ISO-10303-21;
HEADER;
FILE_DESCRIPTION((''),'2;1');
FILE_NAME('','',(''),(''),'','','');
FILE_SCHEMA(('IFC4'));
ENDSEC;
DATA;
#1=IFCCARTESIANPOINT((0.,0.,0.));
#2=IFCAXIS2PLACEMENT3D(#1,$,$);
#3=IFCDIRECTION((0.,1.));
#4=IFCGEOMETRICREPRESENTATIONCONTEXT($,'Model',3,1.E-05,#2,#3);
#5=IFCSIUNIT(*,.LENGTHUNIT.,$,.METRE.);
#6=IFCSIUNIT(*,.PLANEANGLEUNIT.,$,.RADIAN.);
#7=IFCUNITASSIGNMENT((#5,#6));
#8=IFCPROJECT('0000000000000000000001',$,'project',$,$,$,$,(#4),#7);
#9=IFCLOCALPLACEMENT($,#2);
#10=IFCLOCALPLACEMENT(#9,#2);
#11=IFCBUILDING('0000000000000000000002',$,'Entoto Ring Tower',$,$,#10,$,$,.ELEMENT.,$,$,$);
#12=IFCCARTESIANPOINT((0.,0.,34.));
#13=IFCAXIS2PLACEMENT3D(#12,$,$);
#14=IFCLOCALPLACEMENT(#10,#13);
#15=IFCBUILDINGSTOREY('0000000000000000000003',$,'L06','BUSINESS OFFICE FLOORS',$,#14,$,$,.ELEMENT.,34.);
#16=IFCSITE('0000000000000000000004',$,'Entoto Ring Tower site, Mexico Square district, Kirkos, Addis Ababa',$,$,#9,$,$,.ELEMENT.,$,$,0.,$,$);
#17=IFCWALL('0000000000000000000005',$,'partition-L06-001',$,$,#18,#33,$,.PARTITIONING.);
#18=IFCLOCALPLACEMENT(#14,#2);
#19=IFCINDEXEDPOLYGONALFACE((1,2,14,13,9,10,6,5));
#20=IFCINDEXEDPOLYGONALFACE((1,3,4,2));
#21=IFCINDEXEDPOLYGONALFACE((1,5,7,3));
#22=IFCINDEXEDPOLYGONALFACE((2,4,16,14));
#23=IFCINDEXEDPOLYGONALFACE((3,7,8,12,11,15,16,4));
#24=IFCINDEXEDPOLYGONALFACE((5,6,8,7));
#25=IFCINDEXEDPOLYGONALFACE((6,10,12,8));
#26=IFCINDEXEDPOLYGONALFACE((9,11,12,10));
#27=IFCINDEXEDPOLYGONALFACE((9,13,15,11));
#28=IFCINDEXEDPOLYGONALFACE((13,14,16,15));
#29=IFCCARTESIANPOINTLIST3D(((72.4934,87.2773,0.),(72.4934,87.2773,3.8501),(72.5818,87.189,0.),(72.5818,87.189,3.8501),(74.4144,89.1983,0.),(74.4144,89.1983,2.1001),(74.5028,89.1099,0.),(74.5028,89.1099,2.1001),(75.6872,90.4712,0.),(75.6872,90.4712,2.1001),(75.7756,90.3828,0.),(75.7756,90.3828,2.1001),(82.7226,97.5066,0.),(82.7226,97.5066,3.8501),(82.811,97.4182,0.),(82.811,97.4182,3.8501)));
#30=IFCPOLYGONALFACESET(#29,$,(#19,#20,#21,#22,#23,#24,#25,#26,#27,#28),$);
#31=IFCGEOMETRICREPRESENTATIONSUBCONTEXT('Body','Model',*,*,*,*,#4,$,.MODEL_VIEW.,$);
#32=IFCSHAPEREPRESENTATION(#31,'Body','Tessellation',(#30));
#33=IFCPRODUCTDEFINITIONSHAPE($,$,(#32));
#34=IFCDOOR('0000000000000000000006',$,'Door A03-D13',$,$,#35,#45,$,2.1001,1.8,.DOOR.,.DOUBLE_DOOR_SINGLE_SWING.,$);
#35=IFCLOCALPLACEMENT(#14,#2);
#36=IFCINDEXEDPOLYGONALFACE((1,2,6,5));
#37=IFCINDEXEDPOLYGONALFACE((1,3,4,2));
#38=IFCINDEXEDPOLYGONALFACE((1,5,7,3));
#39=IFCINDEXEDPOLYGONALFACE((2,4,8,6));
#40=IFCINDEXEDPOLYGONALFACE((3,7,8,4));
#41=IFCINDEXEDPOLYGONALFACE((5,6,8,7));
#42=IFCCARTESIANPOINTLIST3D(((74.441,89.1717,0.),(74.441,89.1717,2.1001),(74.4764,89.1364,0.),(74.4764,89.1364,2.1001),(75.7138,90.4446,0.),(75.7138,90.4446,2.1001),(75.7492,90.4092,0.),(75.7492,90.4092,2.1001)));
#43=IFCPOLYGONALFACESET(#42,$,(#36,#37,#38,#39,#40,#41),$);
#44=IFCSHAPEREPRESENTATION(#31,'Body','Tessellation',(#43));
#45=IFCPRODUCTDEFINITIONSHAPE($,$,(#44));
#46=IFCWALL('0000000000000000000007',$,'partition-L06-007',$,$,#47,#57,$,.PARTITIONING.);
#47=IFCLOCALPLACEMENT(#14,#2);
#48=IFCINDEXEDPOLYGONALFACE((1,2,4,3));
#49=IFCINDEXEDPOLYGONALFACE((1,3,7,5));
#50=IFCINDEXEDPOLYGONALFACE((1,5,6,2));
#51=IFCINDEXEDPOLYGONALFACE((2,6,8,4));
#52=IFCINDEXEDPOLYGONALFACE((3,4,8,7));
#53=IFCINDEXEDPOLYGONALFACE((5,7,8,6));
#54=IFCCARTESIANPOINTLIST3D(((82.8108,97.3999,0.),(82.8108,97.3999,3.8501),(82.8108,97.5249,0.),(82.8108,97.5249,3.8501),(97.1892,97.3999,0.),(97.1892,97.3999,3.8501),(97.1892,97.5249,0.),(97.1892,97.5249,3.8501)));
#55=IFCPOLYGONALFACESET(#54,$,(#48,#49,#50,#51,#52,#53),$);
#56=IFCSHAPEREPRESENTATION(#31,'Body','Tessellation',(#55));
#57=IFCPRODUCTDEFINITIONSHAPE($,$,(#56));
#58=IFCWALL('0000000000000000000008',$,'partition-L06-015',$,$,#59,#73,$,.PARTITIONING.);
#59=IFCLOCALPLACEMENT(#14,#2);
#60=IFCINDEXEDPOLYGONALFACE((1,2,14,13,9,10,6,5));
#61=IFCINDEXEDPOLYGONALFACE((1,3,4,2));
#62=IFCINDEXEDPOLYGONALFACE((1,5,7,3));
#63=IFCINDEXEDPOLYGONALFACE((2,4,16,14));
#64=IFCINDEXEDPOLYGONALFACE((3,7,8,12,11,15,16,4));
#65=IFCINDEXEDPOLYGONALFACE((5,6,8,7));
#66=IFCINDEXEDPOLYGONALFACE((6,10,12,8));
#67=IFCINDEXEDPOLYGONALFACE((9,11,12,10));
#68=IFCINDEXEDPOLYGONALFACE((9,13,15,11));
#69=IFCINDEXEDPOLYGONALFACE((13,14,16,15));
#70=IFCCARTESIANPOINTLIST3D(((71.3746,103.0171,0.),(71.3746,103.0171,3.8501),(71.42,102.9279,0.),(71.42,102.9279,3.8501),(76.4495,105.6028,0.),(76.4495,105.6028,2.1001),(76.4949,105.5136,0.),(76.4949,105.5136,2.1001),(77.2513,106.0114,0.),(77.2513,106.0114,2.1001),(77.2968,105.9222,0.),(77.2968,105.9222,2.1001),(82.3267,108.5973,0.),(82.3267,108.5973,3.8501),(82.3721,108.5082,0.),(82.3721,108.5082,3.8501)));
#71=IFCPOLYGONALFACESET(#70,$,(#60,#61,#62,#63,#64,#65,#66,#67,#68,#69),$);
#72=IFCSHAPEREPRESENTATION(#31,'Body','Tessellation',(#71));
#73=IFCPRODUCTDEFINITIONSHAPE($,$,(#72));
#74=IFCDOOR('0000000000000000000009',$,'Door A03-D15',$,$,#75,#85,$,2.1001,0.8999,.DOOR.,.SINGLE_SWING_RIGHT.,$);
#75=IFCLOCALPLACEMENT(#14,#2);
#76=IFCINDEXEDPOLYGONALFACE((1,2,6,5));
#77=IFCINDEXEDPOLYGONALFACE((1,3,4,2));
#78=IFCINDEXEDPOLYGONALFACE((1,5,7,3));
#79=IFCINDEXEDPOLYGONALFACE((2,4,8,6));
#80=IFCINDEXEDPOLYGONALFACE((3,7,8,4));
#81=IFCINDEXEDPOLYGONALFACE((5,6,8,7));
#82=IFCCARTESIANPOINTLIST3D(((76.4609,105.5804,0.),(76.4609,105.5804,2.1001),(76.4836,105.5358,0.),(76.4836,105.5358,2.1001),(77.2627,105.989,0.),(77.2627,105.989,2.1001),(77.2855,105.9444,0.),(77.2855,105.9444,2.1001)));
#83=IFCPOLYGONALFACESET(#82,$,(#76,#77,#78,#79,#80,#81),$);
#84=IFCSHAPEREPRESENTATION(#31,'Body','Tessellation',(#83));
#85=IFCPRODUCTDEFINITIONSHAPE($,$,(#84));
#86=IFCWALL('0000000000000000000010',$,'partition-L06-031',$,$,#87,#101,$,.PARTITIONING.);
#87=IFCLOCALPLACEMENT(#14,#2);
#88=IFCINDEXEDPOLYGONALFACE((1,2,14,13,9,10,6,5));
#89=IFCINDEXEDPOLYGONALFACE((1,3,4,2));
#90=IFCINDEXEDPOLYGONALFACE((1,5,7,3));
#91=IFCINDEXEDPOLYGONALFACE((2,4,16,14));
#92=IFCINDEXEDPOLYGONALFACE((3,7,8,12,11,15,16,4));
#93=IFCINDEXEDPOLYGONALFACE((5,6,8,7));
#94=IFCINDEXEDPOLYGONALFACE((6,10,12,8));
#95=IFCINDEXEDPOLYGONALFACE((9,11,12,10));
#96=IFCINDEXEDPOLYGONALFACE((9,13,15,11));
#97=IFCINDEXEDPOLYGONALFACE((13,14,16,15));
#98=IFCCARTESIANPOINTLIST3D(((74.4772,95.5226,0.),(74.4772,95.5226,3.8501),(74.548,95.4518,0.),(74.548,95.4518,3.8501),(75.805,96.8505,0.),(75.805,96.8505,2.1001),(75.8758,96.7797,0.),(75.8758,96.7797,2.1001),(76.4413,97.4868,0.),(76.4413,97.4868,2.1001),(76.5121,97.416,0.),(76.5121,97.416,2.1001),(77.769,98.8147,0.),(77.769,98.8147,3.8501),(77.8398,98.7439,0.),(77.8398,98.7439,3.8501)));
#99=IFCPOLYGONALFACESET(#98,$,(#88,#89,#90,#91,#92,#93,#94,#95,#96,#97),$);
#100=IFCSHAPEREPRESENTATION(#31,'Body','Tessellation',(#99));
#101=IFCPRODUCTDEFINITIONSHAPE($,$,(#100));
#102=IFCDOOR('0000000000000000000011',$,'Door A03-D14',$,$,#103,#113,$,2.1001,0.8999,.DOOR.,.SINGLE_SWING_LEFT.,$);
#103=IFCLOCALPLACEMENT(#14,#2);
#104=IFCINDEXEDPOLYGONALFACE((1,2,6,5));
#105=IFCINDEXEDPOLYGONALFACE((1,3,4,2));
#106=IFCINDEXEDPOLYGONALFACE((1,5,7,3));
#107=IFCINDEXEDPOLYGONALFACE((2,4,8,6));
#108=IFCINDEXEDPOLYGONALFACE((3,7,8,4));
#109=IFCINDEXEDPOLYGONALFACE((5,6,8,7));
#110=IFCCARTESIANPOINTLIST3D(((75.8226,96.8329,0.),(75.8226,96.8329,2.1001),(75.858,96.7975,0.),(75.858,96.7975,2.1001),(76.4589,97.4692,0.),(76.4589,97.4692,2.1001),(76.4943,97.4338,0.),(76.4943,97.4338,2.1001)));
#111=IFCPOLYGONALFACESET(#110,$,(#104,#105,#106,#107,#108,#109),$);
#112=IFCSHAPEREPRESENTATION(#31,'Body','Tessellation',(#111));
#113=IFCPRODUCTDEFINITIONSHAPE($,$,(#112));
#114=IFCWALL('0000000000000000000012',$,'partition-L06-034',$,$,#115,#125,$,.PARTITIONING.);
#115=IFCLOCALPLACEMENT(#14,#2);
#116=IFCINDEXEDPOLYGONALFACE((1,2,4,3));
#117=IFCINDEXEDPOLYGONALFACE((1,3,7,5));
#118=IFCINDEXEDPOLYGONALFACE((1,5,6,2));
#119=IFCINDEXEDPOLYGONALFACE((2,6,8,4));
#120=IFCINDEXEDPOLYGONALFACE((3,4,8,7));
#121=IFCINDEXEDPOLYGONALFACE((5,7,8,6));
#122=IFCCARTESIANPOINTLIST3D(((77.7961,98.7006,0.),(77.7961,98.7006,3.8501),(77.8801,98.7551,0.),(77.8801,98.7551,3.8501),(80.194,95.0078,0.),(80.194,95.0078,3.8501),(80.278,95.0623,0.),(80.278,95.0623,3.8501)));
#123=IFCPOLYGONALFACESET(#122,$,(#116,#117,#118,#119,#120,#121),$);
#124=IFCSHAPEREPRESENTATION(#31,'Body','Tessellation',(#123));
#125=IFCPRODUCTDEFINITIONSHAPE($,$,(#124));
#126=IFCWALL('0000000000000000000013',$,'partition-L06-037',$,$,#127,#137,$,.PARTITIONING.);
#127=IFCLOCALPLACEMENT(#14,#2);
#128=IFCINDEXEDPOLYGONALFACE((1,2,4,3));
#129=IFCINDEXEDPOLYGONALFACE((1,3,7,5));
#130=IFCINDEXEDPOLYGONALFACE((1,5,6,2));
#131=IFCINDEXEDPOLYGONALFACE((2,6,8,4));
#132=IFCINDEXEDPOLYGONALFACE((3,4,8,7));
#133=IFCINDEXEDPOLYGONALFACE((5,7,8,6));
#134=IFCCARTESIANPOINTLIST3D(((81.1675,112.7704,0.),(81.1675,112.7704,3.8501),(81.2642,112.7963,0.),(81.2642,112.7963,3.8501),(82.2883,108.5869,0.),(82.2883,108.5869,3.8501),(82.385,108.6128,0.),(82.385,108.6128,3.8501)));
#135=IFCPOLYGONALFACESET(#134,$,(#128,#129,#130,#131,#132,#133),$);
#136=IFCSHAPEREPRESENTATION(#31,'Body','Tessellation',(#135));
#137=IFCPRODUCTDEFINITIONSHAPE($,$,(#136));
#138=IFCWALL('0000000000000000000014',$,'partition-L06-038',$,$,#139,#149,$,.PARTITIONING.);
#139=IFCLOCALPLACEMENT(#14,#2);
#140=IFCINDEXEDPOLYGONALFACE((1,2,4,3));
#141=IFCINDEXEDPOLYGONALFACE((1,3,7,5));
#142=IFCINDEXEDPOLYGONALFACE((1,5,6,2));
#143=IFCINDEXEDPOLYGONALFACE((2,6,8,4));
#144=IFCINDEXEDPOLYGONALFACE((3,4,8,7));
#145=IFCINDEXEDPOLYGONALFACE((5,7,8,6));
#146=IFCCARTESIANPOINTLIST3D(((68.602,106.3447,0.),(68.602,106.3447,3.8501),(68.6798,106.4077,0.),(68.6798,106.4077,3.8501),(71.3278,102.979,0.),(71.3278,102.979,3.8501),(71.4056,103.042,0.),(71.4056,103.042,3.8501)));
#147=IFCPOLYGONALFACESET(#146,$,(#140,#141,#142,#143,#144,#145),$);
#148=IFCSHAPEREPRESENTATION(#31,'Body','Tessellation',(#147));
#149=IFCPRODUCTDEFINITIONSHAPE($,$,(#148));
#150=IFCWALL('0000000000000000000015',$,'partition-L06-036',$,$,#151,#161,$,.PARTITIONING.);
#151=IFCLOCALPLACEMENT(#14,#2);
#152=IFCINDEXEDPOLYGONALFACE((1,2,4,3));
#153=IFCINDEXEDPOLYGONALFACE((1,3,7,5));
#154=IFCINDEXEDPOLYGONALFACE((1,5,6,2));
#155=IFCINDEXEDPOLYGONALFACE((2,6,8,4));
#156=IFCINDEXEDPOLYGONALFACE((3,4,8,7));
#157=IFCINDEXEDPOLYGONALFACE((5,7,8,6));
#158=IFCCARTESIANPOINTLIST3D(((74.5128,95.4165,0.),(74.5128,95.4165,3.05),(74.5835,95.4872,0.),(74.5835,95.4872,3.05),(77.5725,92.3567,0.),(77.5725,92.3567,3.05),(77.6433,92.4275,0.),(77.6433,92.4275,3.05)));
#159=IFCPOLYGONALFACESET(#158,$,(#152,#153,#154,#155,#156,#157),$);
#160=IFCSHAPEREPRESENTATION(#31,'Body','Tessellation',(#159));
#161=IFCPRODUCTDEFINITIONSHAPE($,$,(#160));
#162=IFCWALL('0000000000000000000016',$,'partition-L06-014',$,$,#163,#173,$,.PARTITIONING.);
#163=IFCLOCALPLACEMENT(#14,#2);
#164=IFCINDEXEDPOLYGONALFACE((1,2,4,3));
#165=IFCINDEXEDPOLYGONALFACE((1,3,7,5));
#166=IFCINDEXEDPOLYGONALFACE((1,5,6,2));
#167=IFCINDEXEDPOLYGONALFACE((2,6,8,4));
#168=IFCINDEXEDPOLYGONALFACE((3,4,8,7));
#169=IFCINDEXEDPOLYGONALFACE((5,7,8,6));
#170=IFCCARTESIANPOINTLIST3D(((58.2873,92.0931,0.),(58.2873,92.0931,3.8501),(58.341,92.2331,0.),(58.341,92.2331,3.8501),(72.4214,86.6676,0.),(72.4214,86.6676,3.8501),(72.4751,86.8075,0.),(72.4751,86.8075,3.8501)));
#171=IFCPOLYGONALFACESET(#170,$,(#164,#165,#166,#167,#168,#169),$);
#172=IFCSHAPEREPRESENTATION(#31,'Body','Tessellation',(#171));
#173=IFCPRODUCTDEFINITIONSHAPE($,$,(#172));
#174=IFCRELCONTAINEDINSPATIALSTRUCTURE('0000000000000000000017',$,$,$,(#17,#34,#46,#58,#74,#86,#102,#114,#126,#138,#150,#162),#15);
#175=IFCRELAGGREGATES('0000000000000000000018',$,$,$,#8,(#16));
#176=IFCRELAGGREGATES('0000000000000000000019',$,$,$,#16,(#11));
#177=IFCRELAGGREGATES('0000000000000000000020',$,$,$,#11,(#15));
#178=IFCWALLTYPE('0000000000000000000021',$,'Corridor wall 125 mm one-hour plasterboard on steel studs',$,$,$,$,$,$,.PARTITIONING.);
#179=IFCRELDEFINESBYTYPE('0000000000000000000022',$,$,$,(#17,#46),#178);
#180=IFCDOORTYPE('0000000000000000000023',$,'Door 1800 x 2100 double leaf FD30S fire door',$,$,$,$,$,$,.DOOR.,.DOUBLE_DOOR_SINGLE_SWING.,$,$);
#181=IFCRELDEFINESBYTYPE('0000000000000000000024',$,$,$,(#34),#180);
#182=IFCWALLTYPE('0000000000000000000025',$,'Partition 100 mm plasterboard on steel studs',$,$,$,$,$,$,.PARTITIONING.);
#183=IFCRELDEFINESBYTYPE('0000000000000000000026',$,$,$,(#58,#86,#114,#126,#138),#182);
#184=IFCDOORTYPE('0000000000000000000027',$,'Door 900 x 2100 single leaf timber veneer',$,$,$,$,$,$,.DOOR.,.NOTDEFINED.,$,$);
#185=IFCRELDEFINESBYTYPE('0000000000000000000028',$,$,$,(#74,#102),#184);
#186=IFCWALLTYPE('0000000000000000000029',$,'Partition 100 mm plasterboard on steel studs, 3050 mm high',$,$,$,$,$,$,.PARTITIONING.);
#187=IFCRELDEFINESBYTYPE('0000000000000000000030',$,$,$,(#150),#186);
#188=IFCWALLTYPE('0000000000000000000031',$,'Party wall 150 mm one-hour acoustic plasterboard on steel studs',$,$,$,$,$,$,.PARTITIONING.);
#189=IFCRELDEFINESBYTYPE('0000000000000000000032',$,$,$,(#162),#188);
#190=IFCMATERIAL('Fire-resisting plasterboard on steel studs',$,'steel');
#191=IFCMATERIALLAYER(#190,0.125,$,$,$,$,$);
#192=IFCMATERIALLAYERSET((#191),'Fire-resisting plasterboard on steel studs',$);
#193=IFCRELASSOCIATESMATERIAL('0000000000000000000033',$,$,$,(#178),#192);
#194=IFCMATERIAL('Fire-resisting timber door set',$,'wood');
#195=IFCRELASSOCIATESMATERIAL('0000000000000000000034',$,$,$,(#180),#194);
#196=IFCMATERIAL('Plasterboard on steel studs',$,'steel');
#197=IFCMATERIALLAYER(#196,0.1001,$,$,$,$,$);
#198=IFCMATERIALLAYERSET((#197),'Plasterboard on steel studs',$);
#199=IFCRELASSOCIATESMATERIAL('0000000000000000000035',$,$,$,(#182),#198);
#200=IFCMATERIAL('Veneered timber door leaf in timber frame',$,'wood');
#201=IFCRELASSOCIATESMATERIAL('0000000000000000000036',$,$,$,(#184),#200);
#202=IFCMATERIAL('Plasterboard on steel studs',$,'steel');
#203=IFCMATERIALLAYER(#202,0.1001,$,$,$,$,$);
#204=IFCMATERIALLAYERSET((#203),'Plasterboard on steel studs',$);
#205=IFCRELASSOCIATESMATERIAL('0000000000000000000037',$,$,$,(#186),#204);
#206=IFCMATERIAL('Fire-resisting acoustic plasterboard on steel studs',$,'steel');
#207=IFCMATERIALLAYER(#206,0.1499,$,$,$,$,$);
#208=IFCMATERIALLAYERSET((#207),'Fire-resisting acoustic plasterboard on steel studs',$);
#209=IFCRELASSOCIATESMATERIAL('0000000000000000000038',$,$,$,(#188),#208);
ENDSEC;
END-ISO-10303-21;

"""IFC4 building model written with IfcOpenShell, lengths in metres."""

from ifc_helpers import new_model, si_unit, direction, frame, frame_2d, origin, place, context, subcontext, project, spatial, rectangle, extrude, material, layer, layer_set, type_object, element, fill, save


model = new_model("IFC4")

# Units and contexts
model_context = context("Model", 3, precision=1e-05, world=origin(), true_north=direction((0.0, 1.0)))
body_context = subcontext(model_context, "Body", "Model", "MODEL_VIEW")
ifc_project = project(units=[si_unit("LENGTHUNIT", "METRE"), si_unit("PLANEANGLEUNIT", "RADIAN")], contexts=[model_context])

# Site, building, storey
site_placement = place(None, origin())
site = spatial("IfcSite", under=ifc_project, at=site_placement, Name="Entoto Ring Tower site, Mexico Square district, Kirkos, Addis Ababa", CompositionType="ELEMENT", RefElevation=0.0)
building_placement = place(site_placement, origin())
building = spatial("IfcBuilding", under=site, at=building_placement, Name="Entoto Ring Tower", CompositionType="ELEMENT")
storey_placement = place(building_placement, frame((0.0, 0.0, 34.0)))
storey = spatial("IfcBuildingStorey", under=building, at=storey_placement, Name="L06", Description="BUSINESS OFFICE FLOORS", CompositionType="ELEMENT", Elevation=34.0)

# Wall, opening, door
ifc_material_1 = material(Name="Fire-resisting plasterboard on steel studs", Category="steel")
ifc_layer_1 = layer(ifc_material_1, 0.125)
ifc_layer_set_1 = layer_set([ifc_layer_1], Name="Fire-resisting plasterboard on steel studs")
wall_type_1 = type_object("IfcWallType", Name="Corridor wall 125 mm one-hour plasterboard on steel studs", PredefinedType="PARTITIONING", material=ifc_layer_set_1)
wall_1_placement = place(storey_placement, frame((72.5376, 87.2332, 0.0), z_axis=(0.0, 0.0, 1.0), x_axis=(0.707107, 0.707107, 0.0)))
wall_1 = element("IfcWall", 1, at=wall_1_placement, inside=storey, type_object=wall_type_1, Name="partition-L06-001", PredefinedType="PARTITIONING", context=body_context, shape_type="SweptSolid", body=[
    extrude(rectangle(XDim=14.4663, YDim=0.125, at=frame_2d((7.2332, 0.0))), origin(), (0.0, 0.0, 1.0), 3.8501),
])
opening_1_placement = place(wall_1_placement, frame((2.7168, 0.0, 0.0)))
opening_1 = element("IfcOpeningElement", 2, at=opening_1_placement, cuts=wall_1, PredefinedType="OPENING", context=body_context, shape_type="SweptSolid", body=[
    extrude(rectangle(XDim=1.8, YDim=2.1001, at=frame_2d((0.8999, 1.05))), frame((0.0, 0.0725, 0.0), z_axis=(0.0, -1.0, 0.0), x_axis=(1.0, 0.0, 0.0)), (0.0, 0.0, 1.0), 0.145),
])
ifc_material_2 = material(Name="Fire-resisting timber door set", Category="wood")
door_type_1 = type_object("IfcDoorType", Name="Door 1800 x 2100 double leaf FD30S fire door", OperationType="DOUBLE_DOOR_SINGLE_SWING", PredefinedType="DOOR", material=ifc_material_2)
door_1_placement = place(opening_1_placement, origin())
door_1 = element("IfcDoor", 3, at=door_1_placement, inside=storey, type_object=door_type_1, Name="Door A03-D13", OperationType="DOUBLE_DOOR_SINGLE_SWING", OverallHeight=2.1001, OverallWidth=1.8, PredefinedType="DOOR", context=body_context, shape_type="SweptSolid", body=[
    extrude(rectangle(XDim=1.8, YDim=2.1001, at=frame_2d((0.8999, 1.05))), frame((0.0, 0.0249, 0.0), z_axis=(0.0, -1.0, 0.0), x_axis=(1.0, 0.0, 0.0)), (0.0, 0.0, 1.0), 0.05),
])
fill(opening_1, door_1)

# Wall
wall_2_placement = place(storey_placement, frame((82.8108, 97.4624, 0.0), z_axis=(0.0, 0.0, 1.0), x_axis=(1.0, 0.0, 0.0)))
element("IfcWall", 4, at=wall_2_placement, inside=storey, type_object=wall_type_1, Name="partition-L06-007", PredefinedType="PARTITIONING", context=body_context, shape_type="SweptSolid", body=[
    extrude(rectangle(XDim=14.3784, YDim=0.125, at=frame_2d((7.1892, 0.0))), origin(), (0.0, 0.0, 1.0), 3.8501),
])

# Walls, openings, doors
ifc_material_3 = material(Name="Plasterboard on steel studs", Category="steel")
ifc_layer_2 = layer(ifc_material_3, 0.1001)
ifc_layer_set_2 = layer_set([ifc_layer_2], Name="Plasterboard on steel studs")
wall_type_2 = type_object("IfcWallType", Name="Partition 100 mm plasterboard on steel studs", PredefinedType="PARTITIONING", material=ifc_layer_set_2)
wall_3_placement = place(storey_placement, frame((71.3972, 102.9724, 0.0), z_axis=(0.0, 0.0, 1.0), x_axis=(0.891009, 0.453986, 0.0)))
wall_3 = element("IfcWall", 5, at=wall_3_placement, inside=storey, type_object=wall_type_2, Name="partition-L06-015", PredefinedType="PARTITIONING", context=body_context, shape_type="SweptSolid", body=[
    extrude(rectangle(XDim=12.2917, YDim=0.1001, at=frame_2d((6.146, 0.0))), origin(), (0.0, 0.0, 1.0), 3.8501),
])
opening_2_placement = place(wall_3_placement, frame((5.6958, 0.0, 0.0)))
opening_2 = element("IfcOpeningElement", 6, at=opening_2_placement, cuts=wall_3, PredefinedType="OPENING", context=body_context, shape_type="SweptSolid", body=[
    extrude(rectangle(XDim=0.8999, YDim=2.1001, at=frame_2d((0.45, 1.05))), frame((0.0, 0.0601, 0.0), z_axis=(0.0, -1.0, 0.0), x_axis=(1.0, 0.0, 0.0)), (0.0, 0.0, 1.0), 0.1201),
])
ifc_material_4 = material(Name="Veneered timber door leaf in timber frame", Category="wood")
door_type_2 = type_object("IfcDoorType", Name="Door 900 x 2100 single leaf timber veneer", OperationType="NOTDEFINED", PredefinedType="DOOR", material=ifc_material_4)
door_2_placement = place(opening_2_placement, origin())
door_2 = element("IfcDoor", 7, at=door_2_placement, inside=storey, type_object=door_type_2, Name="Door A03-D15", OperationType="SINGLE_SWING_RIGHT", OverallHeight=2.1001, OverallWidth=0.8999, PredefinedType="DOOR", context=body_context, shape_type="SweptSolid", body=[
    extrude(rectangle(XDim=0.8999, YDim=2.1001, at=frame_2d((0.45, 1.05))), frame((0.0, 0.0249, 0.0), z_axis=(0.0, -1.0, 0.0), x_axis=(1.0, 0.0, 0.0)), (0.0, 0.0, 1.0), 0.05),
])
fill(opening_2, door_2)
wall_4_placement = place(storey_placement, frame((74.5127, 95.4873, 0.0), z_axis=(0.0, 0.0, 1.0), x_axis=(0.707081, 0.707133, 0.0)))
wall_4 = element("IfcWall", 8, at=wall_4_placement, inside=storey, type_object=wall_type_2, Name="partition-L06-031", PredefinedType="PARTITIONING", context=body_context, shape_type="SweptSolid", body=[
    extrude(rectangle(XDim=4.6555, YDim=0.1001, at=frame_2d((2.3276, 0.0))), origin(), (0.0, 0.0, 1.0), 3.8501),
])
opening_3_placement = place(wall_4_placement, frame((1.8777, 0.0, 0.0)))
opening_3 = element("IfcOpeningElement", 9, at=opening_3_placement, cuts=wall_4, PredefinedType="OPENING", context=body_context, shape_type="SweptSolid", body=[
    extrude(rectangle(XDim=0.8999, YDim=2.1001, at=frame_2d((0.45, 1.05))), frame((0.0, 0.0601, 0.0), z_axis=(0.0, -1.0, 0.0), x_axis=(1.0, 0.0, 0.0)), (0.0, 0.0, 1.0), 0.1201),
])
door_3_placement = place(opening_3_placement, frame((0.8999, 0.0, 0.0), z_axis=(0.0, 0.0, 1.0), x_axis=(-1.0, 0.0, 0.0)))
door_3 = element("IfcDoor", 10, at=door_3_placement, inside=storey, type_object=door_type_2, Name="Door A03-D14", OperationType="SINGLE_SWING_LEFT", OverallHeight=2.1001, OverallWidth=0.8999, PredefinedType="DOOR", context=body_context, shape_type="SweptSolid", body=[
    extrude(rectangle(XDim=0.8999, YDim=2.1001, at=frame_2d((0.45, 1.05))), frame((0.0, 0.0249, 0.0), z_axis=(0.0, -1.0, 0.0), x_axis=(1.0, 0.0, 0.0)), (0.0, 0.0, 1.0), 0.05),
])
fill(opening_3, door_3)

# Walls
wall_5_placement = place(storey_placement, frame((80.2361, 95.0349, 0.0), z_axis=(0.0, 0.0, 1.0), x_axis=(-0.544602, 0.838694, 0.0)))
element("IfcWall", 11, at=wall_5_placement, inside=storey, type_object=wall_type_2, Name="partition-L06-034", PredefinedType="PARTITIONING", context=body_context, shape_type="SweptSolid", body=[
    extrude(rectangle(XDim=4.4031, YDim=0.1001, at=frame_2d((2.2017, 0.0))), origin(), (0.0, 0.0, 1.0), 3.8501),
])
for number, where, z_axis, x_axis, name in (
    (12, (82.3367, 108.5999, 0.0), (0.0, 0.0, 1.0), (-0.258789, 0.965934, 0.0), "partition-L06-037"),
    (13, (71.3667, 103.0105, 0.0), (0.0, 0.0, 1.0), (-0.629365, 0.77711, 0.0), "partition-L06-038"),
):
    element("IfcWall", number, at=place(storey_placement, frame(where, z_axis=z_axis, x_axis=x_axis)), inside=storey, type_object=wall_type_2, Name=name, PredefinedType="PARTITIONING", context=body_context, shape_type="SweptSolid", body=[
        extrude(rectangle(XDim=4.3311, YDim=0.1001, at=frame_2d((2.1655, 0.0))), origin(), (0.0, 0.0, 1.0), 3.8501),
    ])
ifc_material_5 = material(Name="Plasterboard on steel studs", Category="steel")
ifc_layer_3 = layer(ifc_material_5, 0.1001)
ifc_layer_set_3 = layer_set([ifc_layer_3], Name="Plasterboard on steel studs")
wall_type_3 = type_object("IfcWallType", Name="Partition 100 mm plasterboard on steel studs, 3050 mm high", PredefinedType="PARTITIONING", material=ifc_layer_set_3)
wall_6_placement = place(storey_placement, frame((77.6079, 92.3921, 0.0), z_axis=(0.0, 0.0, 1.0), x_axis=(-0.707107, 0.707107, 0.0)))
element("IfcWall", 14, at=wall_6_placement, inside=storey, type_object=wall_type_3, Name="partition-L06-036", PredefinedType="PARTITIONING", context=body_context, shape_type="SweptSolid", body=[
    extrude(rectangle(XDim=4.3271, YDim=0.1001, at=frame_2d((2.1636, 0.0))), origin(), (0.0, 0.0, 1.0), 3.05),
])
ifc_material_6 = material(Name="Fire-resisting acoustic plasterboard on steel studs", Category="steel")
ifc_layer_4 = layer(ifc_material_6, 0.1499)
ifc_layer_set_4 = layer_set([ifc_layer_4], Name="Fire-resisting acoustic plasterboard on steel studs")
wall_type_4 = type_object("IfcWallType", Name="Party wall 150 mm one-hour acoustic plasterboard on steel studs", PredefinedType="PARTITIONING", material=ifc_layer_set_4)
wall_7_placement = place(storey_placement, frame((72.4482, 86.7375, 0.0), z_axis=(0.0, 0.0, 1.0), x_axis=(-0.933581, 0.358367, 0.0)))
element("IfcWall", 15, at=wall_7_placement, inside=storey, type_object=wall_type_4, Name="partition-L06-014", PredefinedType="PARTITIONING", context=body_context, shape_type="SweptSolid", body=[
    extrude(rectangle(XDim=15.1396, YDim=0.1499, at=frame_2d((7.5698, 0.0))), origin(), (0.0, 0.0, 1.0), 3.8501),
])

save(model, "model.ifc")
